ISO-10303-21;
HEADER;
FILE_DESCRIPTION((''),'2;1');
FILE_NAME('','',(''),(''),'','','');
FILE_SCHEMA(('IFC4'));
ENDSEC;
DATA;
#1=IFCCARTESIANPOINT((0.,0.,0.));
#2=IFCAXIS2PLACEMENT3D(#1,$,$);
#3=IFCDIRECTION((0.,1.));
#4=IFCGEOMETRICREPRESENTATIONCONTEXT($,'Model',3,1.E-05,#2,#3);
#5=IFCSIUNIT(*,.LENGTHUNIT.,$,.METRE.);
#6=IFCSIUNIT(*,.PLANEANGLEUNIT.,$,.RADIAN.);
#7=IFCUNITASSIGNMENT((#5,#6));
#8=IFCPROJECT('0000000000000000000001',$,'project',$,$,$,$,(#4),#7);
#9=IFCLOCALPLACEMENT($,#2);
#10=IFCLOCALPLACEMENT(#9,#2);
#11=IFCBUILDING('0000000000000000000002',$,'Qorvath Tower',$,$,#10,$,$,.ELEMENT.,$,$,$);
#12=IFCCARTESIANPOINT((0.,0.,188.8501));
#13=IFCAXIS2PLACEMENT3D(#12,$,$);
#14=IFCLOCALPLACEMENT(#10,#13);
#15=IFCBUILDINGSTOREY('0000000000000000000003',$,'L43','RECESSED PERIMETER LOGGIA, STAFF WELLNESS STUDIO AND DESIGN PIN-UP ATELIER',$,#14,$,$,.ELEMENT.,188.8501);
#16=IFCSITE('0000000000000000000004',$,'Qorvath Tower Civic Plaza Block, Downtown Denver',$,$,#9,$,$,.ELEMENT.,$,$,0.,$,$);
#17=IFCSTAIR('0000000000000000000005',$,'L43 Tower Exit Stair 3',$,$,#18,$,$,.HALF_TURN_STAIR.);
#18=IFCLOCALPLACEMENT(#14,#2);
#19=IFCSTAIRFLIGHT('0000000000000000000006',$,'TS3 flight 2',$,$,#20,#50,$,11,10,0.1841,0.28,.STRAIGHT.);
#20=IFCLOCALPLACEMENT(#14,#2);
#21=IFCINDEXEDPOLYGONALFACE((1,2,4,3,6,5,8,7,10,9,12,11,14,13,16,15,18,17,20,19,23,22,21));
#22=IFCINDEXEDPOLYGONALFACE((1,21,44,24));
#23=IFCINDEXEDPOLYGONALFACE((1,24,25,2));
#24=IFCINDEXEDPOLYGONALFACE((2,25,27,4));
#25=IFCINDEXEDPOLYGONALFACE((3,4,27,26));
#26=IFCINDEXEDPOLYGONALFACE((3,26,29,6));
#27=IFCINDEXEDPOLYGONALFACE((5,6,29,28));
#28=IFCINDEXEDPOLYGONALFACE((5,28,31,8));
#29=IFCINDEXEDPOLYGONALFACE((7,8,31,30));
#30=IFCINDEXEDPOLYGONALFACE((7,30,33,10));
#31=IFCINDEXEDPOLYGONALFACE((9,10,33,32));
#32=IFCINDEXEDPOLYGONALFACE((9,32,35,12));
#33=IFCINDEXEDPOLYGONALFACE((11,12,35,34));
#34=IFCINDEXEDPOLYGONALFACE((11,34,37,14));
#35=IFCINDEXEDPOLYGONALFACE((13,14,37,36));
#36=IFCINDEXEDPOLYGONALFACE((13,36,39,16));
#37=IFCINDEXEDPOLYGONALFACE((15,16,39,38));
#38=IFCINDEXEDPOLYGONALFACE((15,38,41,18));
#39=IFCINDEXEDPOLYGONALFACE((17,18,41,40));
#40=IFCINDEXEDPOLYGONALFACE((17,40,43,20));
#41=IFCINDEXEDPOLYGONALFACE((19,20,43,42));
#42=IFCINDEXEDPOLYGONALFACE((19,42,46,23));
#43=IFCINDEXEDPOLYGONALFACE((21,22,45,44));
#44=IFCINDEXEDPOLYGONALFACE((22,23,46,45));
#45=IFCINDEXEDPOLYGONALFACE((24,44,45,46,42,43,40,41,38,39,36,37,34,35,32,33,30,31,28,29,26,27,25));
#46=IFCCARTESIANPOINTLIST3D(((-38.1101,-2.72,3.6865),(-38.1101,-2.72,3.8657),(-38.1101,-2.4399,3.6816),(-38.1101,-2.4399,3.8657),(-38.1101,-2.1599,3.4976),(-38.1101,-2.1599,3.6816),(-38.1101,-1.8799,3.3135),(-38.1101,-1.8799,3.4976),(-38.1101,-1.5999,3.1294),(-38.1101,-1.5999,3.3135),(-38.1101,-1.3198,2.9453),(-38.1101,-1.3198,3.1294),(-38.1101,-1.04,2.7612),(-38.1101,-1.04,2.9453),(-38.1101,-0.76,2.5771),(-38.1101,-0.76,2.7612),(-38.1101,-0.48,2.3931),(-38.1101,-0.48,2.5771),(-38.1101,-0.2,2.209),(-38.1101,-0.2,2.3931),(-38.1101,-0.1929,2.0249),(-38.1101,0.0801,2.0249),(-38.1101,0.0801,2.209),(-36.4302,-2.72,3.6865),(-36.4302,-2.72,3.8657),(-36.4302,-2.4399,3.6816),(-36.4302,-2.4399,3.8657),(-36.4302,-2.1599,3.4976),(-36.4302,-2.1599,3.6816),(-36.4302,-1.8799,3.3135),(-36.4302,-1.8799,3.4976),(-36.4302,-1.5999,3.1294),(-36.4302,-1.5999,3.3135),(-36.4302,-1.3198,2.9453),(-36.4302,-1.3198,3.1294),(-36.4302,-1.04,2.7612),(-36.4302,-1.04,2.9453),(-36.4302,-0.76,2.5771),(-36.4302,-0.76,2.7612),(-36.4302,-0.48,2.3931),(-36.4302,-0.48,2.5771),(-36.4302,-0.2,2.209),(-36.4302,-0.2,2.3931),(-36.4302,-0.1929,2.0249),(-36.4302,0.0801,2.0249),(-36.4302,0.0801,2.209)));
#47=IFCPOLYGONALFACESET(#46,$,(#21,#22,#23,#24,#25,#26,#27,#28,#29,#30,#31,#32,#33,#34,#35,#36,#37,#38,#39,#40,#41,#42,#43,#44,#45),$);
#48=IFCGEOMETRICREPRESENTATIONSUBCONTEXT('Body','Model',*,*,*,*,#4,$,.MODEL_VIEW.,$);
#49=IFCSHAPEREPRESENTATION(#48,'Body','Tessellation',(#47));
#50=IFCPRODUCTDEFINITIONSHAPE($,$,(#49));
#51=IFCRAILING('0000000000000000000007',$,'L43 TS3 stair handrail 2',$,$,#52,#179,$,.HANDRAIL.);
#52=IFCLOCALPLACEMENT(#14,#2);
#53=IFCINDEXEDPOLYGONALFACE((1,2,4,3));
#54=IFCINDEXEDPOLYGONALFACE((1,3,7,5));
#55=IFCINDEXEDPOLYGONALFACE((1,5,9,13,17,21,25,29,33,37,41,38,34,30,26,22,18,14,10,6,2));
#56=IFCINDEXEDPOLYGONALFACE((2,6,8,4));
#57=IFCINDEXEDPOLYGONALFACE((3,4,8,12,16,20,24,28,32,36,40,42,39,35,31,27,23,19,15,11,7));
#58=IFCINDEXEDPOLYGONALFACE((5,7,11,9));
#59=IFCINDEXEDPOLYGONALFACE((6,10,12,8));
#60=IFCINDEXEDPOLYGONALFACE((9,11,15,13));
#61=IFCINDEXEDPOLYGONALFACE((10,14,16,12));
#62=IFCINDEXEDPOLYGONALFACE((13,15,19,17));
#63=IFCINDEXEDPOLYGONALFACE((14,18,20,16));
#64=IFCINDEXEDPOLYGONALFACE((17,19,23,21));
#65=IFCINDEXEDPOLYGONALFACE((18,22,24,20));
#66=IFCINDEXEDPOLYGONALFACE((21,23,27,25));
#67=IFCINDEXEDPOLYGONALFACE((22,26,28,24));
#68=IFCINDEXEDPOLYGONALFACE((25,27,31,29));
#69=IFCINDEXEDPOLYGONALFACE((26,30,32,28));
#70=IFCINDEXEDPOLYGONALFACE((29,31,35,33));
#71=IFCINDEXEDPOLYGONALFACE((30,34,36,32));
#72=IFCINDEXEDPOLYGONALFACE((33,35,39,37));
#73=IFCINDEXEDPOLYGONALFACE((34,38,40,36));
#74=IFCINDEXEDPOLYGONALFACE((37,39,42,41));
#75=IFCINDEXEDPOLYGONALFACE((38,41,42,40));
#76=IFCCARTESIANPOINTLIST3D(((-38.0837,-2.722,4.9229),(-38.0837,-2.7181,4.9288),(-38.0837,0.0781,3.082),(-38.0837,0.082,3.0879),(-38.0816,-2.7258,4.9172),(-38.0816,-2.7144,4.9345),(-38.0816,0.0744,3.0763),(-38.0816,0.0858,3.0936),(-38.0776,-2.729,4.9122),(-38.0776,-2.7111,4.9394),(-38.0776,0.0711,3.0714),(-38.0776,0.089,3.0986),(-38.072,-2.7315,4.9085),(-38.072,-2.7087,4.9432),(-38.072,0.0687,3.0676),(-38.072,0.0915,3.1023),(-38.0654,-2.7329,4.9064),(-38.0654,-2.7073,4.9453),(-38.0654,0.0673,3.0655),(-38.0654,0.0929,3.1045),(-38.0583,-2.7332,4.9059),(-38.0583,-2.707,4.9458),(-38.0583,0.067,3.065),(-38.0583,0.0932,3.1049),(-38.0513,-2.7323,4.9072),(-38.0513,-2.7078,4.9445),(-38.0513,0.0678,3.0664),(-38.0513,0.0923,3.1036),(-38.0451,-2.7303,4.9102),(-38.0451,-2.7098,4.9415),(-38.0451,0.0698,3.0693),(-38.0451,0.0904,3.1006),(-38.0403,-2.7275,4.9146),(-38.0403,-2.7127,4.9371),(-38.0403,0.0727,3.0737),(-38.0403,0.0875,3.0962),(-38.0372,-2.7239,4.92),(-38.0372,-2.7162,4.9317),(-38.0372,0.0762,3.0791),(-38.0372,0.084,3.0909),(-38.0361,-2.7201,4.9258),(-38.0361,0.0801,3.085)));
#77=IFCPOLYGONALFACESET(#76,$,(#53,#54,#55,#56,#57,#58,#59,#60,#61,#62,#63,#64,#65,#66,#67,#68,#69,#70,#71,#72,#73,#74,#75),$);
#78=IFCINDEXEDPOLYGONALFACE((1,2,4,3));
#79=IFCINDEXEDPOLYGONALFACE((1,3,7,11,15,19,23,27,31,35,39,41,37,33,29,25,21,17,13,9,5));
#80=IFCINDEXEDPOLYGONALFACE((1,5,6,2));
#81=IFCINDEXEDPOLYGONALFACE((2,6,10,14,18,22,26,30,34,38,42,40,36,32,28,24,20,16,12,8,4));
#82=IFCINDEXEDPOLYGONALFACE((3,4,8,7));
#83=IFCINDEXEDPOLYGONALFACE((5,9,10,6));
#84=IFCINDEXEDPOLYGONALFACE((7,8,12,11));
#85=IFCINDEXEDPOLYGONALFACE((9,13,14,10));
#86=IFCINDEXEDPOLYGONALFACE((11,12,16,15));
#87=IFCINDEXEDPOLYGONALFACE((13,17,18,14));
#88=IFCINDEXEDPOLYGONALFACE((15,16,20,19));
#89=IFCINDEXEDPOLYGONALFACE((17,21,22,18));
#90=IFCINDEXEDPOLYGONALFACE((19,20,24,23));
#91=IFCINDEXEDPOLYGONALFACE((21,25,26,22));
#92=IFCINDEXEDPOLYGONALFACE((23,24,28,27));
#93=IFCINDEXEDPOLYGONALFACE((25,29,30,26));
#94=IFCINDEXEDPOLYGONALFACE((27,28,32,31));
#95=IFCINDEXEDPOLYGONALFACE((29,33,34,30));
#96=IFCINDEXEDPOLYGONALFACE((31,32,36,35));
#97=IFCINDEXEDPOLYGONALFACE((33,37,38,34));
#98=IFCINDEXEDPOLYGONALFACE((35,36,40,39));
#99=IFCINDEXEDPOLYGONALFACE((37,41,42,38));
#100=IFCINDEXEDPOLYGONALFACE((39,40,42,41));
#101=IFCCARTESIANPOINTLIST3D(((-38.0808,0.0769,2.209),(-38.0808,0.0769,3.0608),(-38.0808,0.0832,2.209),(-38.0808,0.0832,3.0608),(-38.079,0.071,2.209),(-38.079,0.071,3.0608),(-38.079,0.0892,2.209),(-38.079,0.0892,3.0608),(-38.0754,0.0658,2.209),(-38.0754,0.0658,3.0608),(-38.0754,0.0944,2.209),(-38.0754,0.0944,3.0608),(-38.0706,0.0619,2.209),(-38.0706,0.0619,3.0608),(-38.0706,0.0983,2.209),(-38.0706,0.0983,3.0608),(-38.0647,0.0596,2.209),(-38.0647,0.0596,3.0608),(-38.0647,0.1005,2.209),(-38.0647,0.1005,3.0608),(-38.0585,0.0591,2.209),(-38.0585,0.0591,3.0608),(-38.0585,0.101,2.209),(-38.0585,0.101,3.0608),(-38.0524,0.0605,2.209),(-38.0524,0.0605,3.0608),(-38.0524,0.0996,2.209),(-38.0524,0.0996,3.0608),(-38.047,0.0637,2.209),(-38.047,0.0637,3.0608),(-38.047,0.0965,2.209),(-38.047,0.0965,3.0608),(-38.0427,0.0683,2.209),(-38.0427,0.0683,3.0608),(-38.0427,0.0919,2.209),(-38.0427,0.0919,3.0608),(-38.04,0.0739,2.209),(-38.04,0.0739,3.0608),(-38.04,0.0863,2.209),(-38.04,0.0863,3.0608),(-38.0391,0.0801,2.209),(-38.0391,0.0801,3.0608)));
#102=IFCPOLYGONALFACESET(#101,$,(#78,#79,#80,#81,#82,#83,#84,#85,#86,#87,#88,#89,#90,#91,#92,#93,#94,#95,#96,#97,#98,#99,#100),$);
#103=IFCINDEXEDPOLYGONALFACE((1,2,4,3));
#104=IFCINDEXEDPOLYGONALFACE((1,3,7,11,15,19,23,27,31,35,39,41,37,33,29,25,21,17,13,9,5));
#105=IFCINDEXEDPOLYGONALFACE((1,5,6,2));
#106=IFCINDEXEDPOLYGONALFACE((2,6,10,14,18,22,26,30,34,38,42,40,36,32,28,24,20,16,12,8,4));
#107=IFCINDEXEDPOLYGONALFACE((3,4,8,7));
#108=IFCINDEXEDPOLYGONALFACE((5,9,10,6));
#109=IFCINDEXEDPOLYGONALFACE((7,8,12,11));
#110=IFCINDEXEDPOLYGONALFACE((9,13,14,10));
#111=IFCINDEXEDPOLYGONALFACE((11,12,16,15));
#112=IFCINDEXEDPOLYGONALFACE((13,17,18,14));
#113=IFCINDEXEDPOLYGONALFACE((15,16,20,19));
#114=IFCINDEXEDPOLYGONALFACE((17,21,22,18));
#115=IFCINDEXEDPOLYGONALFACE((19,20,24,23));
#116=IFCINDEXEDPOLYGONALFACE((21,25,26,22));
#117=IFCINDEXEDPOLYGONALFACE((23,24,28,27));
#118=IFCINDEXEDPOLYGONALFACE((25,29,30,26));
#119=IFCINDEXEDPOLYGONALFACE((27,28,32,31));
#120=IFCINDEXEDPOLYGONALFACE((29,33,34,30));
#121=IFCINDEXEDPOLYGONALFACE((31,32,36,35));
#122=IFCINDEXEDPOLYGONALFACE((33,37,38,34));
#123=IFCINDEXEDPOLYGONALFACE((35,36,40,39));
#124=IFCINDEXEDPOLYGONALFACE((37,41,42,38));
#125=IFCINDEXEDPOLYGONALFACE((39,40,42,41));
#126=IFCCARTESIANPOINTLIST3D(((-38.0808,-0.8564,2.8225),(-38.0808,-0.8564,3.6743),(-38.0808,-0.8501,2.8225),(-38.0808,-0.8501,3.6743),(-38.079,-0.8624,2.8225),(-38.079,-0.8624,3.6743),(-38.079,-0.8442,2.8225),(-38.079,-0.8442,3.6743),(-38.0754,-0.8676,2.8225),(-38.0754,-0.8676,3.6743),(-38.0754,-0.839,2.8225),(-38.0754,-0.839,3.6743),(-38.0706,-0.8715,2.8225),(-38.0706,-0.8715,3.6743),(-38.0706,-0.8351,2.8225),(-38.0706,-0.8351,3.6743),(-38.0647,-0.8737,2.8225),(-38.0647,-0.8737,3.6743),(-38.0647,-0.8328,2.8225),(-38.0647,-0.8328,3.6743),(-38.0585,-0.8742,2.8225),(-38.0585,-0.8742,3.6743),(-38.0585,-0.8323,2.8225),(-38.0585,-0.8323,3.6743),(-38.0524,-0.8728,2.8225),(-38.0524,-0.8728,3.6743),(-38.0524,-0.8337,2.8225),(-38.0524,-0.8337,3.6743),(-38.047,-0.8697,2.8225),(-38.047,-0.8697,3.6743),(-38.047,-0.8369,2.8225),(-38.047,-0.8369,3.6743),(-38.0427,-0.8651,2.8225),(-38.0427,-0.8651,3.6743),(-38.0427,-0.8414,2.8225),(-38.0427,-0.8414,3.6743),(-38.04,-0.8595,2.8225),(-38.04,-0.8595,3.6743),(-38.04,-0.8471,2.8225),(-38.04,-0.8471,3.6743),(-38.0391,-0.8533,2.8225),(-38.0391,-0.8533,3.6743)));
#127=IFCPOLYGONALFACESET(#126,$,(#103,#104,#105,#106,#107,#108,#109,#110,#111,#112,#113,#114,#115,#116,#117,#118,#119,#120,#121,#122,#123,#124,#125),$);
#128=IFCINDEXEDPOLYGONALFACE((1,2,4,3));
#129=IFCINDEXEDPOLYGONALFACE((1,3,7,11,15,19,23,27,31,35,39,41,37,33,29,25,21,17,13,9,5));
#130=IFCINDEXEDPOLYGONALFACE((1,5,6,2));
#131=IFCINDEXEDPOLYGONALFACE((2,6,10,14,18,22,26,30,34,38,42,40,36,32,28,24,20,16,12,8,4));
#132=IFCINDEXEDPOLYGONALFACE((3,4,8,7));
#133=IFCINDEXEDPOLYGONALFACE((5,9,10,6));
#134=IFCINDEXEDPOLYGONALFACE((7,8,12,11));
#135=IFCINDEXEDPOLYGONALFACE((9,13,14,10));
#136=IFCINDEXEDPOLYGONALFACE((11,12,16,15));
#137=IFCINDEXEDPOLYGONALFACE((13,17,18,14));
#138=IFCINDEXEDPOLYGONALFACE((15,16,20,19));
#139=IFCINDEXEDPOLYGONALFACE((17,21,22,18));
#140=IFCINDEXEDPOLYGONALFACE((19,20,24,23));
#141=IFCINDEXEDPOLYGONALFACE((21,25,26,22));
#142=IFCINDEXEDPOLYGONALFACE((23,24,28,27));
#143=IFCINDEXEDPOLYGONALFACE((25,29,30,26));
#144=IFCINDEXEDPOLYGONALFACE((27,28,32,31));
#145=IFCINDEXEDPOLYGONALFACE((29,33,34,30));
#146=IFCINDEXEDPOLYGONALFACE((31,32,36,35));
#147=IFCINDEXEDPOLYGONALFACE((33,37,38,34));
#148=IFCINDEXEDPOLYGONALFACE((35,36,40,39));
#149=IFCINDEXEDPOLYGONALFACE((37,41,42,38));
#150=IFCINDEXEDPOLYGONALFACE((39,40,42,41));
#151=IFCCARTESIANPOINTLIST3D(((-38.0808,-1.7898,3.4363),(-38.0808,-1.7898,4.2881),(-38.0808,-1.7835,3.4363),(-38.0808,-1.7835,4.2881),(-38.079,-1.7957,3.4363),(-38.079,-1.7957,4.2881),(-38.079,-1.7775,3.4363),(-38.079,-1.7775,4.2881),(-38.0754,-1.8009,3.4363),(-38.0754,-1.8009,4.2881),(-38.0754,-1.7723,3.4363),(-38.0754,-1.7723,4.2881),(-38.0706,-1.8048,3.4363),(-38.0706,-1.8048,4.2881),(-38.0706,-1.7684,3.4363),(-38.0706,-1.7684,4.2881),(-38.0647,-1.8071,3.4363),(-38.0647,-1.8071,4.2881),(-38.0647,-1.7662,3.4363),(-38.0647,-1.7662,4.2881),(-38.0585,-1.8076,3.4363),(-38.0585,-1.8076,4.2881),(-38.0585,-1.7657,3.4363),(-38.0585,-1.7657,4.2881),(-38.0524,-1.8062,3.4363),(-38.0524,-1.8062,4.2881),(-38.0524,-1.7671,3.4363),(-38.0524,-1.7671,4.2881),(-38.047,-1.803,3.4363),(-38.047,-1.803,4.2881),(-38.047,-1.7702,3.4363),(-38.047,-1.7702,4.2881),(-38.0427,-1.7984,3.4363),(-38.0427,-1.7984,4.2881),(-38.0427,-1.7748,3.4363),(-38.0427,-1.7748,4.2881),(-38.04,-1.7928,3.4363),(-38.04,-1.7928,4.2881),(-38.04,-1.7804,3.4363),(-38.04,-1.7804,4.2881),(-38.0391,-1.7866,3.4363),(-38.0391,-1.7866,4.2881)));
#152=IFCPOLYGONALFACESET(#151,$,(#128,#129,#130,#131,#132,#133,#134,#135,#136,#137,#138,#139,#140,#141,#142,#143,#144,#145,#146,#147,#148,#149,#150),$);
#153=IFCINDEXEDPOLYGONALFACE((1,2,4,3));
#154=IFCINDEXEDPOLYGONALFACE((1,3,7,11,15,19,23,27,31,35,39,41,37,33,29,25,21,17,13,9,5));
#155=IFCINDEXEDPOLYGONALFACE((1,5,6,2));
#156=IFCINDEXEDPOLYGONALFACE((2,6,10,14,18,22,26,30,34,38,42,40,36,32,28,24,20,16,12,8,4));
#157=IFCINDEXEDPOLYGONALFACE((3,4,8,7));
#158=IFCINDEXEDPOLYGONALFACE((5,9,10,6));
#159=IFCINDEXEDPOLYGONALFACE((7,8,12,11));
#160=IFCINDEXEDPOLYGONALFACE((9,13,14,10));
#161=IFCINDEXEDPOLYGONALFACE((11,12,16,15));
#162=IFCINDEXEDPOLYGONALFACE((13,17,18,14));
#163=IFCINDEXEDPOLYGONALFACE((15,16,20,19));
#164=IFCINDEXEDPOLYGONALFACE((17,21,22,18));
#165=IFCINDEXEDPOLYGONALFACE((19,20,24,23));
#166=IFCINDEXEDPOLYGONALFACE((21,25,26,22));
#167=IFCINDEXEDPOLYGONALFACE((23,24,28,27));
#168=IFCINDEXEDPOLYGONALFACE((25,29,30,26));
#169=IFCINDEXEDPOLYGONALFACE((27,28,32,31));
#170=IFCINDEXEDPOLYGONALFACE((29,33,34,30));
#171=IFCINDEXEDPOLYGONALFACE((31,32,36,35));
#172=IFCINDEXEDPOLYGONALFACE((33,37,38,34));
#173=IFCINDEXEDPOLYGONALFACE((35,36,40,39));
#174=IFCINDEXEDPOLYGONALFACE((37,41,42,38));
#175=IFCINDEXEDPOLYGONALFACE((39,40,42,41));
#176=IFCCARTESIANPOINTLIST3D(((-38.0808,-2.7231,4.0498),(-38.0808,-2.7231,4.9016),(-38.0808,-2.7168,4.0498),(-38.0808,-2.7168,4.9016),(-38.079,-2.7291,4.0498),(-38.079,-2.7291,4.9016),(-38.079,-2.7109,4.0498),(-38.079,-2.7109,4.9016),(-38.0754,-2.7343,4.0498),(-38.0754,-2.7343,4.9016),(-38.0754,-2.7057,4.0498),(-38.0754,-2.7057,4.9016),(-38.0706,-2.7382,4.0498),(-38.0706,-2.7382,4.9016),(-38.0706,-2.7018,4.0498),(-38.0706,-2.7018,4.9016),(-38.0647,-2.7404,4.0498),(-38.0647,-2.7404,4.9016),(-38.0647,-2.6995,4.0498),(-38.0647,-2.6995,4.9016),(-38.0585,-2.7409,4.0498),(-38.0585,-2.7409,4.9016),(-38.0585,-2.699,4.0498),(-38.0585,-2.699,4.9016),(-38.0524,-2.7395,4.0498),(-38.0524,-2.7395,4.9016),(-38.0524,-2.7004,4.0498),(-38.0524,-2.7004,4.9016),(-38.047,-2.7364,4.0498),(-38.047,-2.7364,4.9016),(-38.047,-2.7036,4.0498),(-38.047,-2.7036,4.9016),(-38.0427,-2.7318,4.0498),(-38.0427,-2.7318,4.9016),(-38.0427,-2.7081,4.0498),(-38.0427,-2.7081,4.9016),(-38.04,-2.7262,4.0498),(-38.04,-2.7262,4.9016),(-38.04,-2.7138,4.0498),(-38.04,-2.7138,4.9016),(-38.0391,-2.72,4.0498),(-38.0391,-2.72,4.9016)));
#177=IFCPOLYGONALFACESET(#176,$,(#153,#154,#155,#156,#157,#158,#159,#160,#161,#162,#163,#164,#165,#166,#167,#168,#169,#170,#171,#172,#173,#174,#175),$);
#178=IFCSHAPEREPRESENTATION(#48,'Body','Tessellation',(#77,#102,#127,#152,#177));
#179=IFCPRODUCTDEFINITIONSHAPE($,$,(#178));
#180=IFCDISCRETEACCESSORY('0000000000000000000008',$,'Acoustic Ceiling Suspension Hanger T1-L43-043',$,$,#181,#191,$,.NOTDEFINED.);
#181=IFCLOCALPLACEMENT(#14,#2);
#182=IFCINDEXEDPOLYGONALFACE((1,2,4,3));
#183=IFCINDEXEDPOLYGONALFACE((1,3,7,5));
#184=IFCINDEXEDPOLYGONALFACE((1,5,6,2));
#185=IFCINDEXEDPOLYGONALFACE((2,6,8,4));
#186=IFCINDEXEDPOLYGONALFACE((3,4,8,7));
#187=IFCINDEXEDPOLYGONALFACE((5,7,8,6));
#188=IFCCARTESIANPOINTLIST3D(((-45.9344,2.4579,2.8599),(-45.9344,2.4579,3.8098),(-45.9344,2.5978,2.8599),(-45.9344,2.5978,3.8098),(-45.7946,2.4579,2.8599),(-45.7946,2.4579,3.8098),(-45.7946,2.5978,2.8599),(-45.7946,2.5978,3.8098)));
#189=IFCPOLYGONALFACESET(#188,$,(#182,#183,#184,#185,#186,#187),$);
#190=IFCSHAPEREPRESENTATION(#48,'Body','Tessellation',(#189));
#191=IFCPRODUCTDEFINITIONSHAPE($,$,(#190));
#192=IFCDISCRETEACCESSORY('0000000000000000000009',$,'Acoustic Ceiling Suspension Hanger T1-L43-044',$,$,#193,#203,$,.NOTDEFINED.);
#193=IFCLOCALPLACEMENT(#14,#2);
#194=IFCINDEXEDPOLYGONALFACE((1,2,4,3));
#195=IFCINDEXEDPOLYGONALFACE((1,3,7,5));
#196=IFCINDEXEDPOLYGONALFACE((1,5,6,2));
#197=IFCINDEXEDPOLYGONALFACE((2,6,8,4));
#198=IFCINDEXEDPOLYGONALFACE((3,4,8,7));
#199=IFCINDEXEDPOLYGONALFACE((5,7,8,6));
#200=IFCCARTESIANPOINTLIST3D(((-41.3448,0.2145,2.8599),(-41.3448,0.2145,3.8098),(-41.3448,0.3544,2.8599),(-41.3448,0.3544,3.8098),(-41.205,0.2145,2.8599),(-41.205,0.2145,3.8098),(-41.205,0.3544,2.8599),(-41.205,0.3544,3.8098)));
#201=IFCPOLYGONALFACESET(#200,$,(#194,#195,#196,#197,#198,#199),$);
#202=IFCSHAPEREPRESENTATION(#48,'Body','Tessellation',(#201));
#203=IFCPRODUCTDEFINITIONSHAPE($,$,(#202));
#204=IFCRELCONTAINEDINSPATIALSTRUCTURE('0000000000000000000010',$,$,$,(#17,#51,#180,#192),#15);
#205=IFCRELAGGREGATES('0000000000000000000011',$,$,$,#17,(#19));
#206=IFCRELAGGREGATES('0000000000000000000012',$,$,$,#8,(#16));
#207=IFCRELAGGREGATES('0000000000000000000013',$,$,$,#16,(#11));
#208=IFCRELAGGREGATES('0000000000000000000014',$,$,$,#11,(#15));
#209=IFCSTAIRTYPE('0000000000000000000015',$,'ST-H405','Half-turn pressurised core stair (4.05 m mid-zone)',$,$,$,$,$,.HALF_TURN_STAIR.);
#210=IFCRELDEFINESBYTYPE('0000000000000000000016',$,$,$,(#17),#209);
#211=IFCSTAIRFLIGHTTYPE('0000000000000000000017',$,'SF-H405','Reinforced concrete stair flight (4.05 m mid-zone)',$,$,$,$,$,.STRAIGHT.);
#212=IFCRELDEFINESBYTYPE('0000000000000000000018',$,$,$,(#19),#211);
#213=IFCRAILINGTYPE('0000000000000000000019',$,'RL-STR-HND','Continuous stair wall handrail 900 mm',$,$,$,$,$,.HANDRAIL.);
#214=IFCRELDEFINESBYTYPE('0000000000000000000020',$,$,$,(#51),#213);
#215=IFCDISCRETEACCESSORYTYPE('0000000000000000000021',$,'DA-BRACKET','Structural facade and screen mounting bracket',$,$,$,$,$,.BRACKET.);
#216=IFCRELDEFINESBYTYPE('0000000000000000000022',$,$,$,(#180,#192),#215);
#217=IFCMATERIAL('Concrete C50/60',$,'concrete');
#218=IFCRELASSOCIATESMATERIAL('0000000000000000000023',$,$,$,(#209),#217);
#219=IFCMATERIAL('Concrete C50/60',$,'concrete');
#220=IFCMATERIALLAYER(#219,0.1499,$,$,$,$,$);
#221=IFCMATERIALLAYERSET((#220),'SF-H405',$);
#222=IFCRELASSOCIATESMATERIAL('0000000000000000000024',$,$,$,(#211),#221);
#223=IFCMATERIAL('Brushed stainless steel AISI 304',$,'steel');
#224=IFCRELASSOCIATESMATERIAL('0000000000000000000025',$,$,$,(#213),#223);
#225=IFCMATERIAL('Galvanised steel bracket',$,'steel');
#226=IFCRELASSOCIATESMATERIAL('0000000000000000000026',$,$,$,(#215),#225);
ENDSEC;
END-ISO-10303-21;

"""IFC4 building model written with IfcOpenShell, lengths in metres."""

from ifc_helpers import new_model, si_unit, direction, frame, origin, origin_2d, place, context, subcontext, project, spatial, polyline, rectangle, circle, outline, extrude, material, layer, layer_set, type_object, element, aggregate, save


model = new_model("IFC4")

# Units and contexts
model_context = context("Model", 3, precision=1e-05, world=origin(), true_north=direction((0.0, 1.0)))
body_context = subcontext(model_context, "Body", "Model", "MODEL_VIEW")
ifc_project = project(units=[si_unit("LENGTHUNIT", "METRE"), si_unit("PLANEANGLEUNIT", "RADIAN")], contexts=[model_context])

# Site, building, storey
site_placement = place(None, origin())
site = spatial("IfcSite", under=ifc_project, at=site_placement, Name="Qorvath Tower Civic Plaza Block, Downtown Denver", CompositionType="ELEMENT", RefElevation=0.0)
building_placement = place(site_placement, origin())
building = spatial("IfcBuilding", under=site, at=building_placement, Name="Qorvath Tower", CompositionType="ELEMENT")
storey_placement = place(building_placement, frame((0.0, 0.0, 188.8501)))
storey = spatial("IfcBuildingStorey", under=building, at=storey_placement, Name="L43", Description="RECESSED PERIMETER LOGGIA, STAFF WELLNESS STUDIO AND DESIGN PIN-UP ATELIER", CompositionType="ELEMENT", Elevation=188.8501)

# Stair, stair flight
ifc_material_1 = material(Name="Concrete C50/60", Category="concrete")
stair_type = type_object("IfcStairType", Name="ST-H405", Description="Half-turn pressurised core stair (4.05 m mid-zone)", PredefinedType="HALF_TURN_STAIR", material=ifc_material_1)
stair_placement = place(storey_placement, origin())
stair = element("IfcStair", 1, at=stair_placement, inside=storey, type_object=stair_type, Name="L43 Tower Exit Stair 3", PredefinedType="HALF_TURN_STAIR")
ifc_material_2 = material(Name="Concrete C50/60", Category="concrete")
ifc_layer_1 = layer(ifc_material_2, 0.1499)
ifc_layer_set_1 = layer_set([ifc_layer_1], Name="SF-H405")
stair_flight_type = type_object("IfcStairFlightType", Name="SF-H405", Description="Reinforced concrete stair flight (4.05 m mid-zone)", PredefinedType="STRAIGHT", material=ifc_layer_set_1)
stair_flight_placement = place(storey_placement, frame((-37.27, 0.0801, 2.0249), z_axis=(0.0, 0.0, 1.0), x_axis=(0.0, -1.0, 0.0)))
stair_flight = element("IfcStairFlight", 2, at=stair_flight_placement, type_object=stair_flight_type, Name="TS3 flight 2", NumberOfRisers=11, NumberOfTreads=10, PredefinedType="STRAIGHT", RiserHeight=0.1841, TreadLength=0.28, context=body_context, shape_type="SweptSolid", body=[
    extrude(outline(polyline([(0.0, 0.0), (0.0, 0.1841), (0.28, 0.1841), (0.28, 0.3682), (0.5601, 0.3682), (0.5601, 0.5522), (0.8401, 0.5522), (0.8401, 0.7363), (1.1201, 0.7363), (1.1201, 0.9204), (1.3999, 0.9204), (1.3999, 1.1045), (1.6799, 1.1045), (1.6799, 1.2886), (1.96, 1.2886), (1.96, 1.4727), (2.24, 1.4727), (2.24, 1.6567), (2.52, 1.6567), (2.52, 1.8408), (2.8, 1.8408), (2.8, 2.0249), (2.8, 1.6616), (0.2729, 0.0), (0.0, 0.0)])), frame((0.0, 0.8398, 0.0), z_axis=(0.0, -1.0, 0.0), x_axis=(1.0, 0.0, 0.0)), (0.0, 0.0, 1.0), 1.6799),
])
aggregate(stair, [stair_flight])

# Railing
ifc_material_3 = material(Name="Brushed stainless steel AISI 304", Category="steel")
railing_type = type_object("IfcRailingType", Name="RL-STR-HND", Description="Continuous stair wall handrail 900 mm", PredefinedType="HANDRAIL", material=ifc_material_3)
railing_placement = place(storey_placement, frame((-38.0601, 0.0801, 2.209)))
element("IfcRailing", 3, at=railing_placement, inside=storey, type_object=railing_type, Name="L43 TS3 stair handrail 2", PredefinedType="HANDRAIL", context=body_context, shape_type="SweptSolid", body=[
    extrude(circle(Radius=0.0239, at=origin_2d()), frame((0.0, 0.0, 0.876), z_axis=(0.0, -0.835598, 0.549342), x_axis=(1.0, 0.0, 0.0)), (0.0, 0.0, 1.0), 3.3511),
    extrude(circle(Radius=0.021, at=origin_2d()), origin(), (0.0, 0.0, 1.0), 0.8518),
    extrude(circle(Radius=0.021, at=origin_2d()), frame((0.0, -0.9333, 0.6135)), (0.0, 0.0, 1.0), 0.8518),
    extrude(circle(Radius=0.021, at=origin_2d()), frame((0.0, -1.8667, 1.2273)), (0.0, 0.0, 1.0), 0.8518),
    extrude(circle(Radius=0.021, at=origin_2d()), frame((0.0, -2.8, 1.8408)), (0.0, 0.0, 1.0), 0.8518),
])

# Discrete accessories
ifc_material_4 = material(Name="Galvanised steel bracket", Category="steel")
discrete_accessory_type = type_object("IfcDiscreteAccessoryType", Name="DA-BRACKET", Description="Structural facade and screen mounting bracket", PredefinedType="BRACKET", material=ifc_material_4)
for number, where, z_axis, x_axis, name in (
    (4, (-45.8645, 2.5278, 2.8599), (0.0, 0.0, 1.0), (1.0, 0.0, 0.0), "Acoustic Ceiling Suspension Hanger T1-L43-043"),
    (5, (-41.2749, 0.2844, 2.8599), (0.0, 0.0, 1.0), (1.0, 0.0, 0.0), "Acoustic Ceiling Suspension Hanger T1-L43-044"),
):
    element("IfcDiscreteAccessory", number, at=place(storey_placement, frame(where, z_axis=z_axis, x_axis=x_axis)), inside=storey, type_object=discrete_accessory_type, Name=name, PredefinedType="NOTDEFINED", context=body_context, shape_type="SweptSolid", body=[
        extrude(rectangle(XDim=0.1399, YDim=0.1399, at=origin_2d()), origin(), (0.0, 0.0, 1.0), 0.95),
    ])

save(model, "model.ifc")
